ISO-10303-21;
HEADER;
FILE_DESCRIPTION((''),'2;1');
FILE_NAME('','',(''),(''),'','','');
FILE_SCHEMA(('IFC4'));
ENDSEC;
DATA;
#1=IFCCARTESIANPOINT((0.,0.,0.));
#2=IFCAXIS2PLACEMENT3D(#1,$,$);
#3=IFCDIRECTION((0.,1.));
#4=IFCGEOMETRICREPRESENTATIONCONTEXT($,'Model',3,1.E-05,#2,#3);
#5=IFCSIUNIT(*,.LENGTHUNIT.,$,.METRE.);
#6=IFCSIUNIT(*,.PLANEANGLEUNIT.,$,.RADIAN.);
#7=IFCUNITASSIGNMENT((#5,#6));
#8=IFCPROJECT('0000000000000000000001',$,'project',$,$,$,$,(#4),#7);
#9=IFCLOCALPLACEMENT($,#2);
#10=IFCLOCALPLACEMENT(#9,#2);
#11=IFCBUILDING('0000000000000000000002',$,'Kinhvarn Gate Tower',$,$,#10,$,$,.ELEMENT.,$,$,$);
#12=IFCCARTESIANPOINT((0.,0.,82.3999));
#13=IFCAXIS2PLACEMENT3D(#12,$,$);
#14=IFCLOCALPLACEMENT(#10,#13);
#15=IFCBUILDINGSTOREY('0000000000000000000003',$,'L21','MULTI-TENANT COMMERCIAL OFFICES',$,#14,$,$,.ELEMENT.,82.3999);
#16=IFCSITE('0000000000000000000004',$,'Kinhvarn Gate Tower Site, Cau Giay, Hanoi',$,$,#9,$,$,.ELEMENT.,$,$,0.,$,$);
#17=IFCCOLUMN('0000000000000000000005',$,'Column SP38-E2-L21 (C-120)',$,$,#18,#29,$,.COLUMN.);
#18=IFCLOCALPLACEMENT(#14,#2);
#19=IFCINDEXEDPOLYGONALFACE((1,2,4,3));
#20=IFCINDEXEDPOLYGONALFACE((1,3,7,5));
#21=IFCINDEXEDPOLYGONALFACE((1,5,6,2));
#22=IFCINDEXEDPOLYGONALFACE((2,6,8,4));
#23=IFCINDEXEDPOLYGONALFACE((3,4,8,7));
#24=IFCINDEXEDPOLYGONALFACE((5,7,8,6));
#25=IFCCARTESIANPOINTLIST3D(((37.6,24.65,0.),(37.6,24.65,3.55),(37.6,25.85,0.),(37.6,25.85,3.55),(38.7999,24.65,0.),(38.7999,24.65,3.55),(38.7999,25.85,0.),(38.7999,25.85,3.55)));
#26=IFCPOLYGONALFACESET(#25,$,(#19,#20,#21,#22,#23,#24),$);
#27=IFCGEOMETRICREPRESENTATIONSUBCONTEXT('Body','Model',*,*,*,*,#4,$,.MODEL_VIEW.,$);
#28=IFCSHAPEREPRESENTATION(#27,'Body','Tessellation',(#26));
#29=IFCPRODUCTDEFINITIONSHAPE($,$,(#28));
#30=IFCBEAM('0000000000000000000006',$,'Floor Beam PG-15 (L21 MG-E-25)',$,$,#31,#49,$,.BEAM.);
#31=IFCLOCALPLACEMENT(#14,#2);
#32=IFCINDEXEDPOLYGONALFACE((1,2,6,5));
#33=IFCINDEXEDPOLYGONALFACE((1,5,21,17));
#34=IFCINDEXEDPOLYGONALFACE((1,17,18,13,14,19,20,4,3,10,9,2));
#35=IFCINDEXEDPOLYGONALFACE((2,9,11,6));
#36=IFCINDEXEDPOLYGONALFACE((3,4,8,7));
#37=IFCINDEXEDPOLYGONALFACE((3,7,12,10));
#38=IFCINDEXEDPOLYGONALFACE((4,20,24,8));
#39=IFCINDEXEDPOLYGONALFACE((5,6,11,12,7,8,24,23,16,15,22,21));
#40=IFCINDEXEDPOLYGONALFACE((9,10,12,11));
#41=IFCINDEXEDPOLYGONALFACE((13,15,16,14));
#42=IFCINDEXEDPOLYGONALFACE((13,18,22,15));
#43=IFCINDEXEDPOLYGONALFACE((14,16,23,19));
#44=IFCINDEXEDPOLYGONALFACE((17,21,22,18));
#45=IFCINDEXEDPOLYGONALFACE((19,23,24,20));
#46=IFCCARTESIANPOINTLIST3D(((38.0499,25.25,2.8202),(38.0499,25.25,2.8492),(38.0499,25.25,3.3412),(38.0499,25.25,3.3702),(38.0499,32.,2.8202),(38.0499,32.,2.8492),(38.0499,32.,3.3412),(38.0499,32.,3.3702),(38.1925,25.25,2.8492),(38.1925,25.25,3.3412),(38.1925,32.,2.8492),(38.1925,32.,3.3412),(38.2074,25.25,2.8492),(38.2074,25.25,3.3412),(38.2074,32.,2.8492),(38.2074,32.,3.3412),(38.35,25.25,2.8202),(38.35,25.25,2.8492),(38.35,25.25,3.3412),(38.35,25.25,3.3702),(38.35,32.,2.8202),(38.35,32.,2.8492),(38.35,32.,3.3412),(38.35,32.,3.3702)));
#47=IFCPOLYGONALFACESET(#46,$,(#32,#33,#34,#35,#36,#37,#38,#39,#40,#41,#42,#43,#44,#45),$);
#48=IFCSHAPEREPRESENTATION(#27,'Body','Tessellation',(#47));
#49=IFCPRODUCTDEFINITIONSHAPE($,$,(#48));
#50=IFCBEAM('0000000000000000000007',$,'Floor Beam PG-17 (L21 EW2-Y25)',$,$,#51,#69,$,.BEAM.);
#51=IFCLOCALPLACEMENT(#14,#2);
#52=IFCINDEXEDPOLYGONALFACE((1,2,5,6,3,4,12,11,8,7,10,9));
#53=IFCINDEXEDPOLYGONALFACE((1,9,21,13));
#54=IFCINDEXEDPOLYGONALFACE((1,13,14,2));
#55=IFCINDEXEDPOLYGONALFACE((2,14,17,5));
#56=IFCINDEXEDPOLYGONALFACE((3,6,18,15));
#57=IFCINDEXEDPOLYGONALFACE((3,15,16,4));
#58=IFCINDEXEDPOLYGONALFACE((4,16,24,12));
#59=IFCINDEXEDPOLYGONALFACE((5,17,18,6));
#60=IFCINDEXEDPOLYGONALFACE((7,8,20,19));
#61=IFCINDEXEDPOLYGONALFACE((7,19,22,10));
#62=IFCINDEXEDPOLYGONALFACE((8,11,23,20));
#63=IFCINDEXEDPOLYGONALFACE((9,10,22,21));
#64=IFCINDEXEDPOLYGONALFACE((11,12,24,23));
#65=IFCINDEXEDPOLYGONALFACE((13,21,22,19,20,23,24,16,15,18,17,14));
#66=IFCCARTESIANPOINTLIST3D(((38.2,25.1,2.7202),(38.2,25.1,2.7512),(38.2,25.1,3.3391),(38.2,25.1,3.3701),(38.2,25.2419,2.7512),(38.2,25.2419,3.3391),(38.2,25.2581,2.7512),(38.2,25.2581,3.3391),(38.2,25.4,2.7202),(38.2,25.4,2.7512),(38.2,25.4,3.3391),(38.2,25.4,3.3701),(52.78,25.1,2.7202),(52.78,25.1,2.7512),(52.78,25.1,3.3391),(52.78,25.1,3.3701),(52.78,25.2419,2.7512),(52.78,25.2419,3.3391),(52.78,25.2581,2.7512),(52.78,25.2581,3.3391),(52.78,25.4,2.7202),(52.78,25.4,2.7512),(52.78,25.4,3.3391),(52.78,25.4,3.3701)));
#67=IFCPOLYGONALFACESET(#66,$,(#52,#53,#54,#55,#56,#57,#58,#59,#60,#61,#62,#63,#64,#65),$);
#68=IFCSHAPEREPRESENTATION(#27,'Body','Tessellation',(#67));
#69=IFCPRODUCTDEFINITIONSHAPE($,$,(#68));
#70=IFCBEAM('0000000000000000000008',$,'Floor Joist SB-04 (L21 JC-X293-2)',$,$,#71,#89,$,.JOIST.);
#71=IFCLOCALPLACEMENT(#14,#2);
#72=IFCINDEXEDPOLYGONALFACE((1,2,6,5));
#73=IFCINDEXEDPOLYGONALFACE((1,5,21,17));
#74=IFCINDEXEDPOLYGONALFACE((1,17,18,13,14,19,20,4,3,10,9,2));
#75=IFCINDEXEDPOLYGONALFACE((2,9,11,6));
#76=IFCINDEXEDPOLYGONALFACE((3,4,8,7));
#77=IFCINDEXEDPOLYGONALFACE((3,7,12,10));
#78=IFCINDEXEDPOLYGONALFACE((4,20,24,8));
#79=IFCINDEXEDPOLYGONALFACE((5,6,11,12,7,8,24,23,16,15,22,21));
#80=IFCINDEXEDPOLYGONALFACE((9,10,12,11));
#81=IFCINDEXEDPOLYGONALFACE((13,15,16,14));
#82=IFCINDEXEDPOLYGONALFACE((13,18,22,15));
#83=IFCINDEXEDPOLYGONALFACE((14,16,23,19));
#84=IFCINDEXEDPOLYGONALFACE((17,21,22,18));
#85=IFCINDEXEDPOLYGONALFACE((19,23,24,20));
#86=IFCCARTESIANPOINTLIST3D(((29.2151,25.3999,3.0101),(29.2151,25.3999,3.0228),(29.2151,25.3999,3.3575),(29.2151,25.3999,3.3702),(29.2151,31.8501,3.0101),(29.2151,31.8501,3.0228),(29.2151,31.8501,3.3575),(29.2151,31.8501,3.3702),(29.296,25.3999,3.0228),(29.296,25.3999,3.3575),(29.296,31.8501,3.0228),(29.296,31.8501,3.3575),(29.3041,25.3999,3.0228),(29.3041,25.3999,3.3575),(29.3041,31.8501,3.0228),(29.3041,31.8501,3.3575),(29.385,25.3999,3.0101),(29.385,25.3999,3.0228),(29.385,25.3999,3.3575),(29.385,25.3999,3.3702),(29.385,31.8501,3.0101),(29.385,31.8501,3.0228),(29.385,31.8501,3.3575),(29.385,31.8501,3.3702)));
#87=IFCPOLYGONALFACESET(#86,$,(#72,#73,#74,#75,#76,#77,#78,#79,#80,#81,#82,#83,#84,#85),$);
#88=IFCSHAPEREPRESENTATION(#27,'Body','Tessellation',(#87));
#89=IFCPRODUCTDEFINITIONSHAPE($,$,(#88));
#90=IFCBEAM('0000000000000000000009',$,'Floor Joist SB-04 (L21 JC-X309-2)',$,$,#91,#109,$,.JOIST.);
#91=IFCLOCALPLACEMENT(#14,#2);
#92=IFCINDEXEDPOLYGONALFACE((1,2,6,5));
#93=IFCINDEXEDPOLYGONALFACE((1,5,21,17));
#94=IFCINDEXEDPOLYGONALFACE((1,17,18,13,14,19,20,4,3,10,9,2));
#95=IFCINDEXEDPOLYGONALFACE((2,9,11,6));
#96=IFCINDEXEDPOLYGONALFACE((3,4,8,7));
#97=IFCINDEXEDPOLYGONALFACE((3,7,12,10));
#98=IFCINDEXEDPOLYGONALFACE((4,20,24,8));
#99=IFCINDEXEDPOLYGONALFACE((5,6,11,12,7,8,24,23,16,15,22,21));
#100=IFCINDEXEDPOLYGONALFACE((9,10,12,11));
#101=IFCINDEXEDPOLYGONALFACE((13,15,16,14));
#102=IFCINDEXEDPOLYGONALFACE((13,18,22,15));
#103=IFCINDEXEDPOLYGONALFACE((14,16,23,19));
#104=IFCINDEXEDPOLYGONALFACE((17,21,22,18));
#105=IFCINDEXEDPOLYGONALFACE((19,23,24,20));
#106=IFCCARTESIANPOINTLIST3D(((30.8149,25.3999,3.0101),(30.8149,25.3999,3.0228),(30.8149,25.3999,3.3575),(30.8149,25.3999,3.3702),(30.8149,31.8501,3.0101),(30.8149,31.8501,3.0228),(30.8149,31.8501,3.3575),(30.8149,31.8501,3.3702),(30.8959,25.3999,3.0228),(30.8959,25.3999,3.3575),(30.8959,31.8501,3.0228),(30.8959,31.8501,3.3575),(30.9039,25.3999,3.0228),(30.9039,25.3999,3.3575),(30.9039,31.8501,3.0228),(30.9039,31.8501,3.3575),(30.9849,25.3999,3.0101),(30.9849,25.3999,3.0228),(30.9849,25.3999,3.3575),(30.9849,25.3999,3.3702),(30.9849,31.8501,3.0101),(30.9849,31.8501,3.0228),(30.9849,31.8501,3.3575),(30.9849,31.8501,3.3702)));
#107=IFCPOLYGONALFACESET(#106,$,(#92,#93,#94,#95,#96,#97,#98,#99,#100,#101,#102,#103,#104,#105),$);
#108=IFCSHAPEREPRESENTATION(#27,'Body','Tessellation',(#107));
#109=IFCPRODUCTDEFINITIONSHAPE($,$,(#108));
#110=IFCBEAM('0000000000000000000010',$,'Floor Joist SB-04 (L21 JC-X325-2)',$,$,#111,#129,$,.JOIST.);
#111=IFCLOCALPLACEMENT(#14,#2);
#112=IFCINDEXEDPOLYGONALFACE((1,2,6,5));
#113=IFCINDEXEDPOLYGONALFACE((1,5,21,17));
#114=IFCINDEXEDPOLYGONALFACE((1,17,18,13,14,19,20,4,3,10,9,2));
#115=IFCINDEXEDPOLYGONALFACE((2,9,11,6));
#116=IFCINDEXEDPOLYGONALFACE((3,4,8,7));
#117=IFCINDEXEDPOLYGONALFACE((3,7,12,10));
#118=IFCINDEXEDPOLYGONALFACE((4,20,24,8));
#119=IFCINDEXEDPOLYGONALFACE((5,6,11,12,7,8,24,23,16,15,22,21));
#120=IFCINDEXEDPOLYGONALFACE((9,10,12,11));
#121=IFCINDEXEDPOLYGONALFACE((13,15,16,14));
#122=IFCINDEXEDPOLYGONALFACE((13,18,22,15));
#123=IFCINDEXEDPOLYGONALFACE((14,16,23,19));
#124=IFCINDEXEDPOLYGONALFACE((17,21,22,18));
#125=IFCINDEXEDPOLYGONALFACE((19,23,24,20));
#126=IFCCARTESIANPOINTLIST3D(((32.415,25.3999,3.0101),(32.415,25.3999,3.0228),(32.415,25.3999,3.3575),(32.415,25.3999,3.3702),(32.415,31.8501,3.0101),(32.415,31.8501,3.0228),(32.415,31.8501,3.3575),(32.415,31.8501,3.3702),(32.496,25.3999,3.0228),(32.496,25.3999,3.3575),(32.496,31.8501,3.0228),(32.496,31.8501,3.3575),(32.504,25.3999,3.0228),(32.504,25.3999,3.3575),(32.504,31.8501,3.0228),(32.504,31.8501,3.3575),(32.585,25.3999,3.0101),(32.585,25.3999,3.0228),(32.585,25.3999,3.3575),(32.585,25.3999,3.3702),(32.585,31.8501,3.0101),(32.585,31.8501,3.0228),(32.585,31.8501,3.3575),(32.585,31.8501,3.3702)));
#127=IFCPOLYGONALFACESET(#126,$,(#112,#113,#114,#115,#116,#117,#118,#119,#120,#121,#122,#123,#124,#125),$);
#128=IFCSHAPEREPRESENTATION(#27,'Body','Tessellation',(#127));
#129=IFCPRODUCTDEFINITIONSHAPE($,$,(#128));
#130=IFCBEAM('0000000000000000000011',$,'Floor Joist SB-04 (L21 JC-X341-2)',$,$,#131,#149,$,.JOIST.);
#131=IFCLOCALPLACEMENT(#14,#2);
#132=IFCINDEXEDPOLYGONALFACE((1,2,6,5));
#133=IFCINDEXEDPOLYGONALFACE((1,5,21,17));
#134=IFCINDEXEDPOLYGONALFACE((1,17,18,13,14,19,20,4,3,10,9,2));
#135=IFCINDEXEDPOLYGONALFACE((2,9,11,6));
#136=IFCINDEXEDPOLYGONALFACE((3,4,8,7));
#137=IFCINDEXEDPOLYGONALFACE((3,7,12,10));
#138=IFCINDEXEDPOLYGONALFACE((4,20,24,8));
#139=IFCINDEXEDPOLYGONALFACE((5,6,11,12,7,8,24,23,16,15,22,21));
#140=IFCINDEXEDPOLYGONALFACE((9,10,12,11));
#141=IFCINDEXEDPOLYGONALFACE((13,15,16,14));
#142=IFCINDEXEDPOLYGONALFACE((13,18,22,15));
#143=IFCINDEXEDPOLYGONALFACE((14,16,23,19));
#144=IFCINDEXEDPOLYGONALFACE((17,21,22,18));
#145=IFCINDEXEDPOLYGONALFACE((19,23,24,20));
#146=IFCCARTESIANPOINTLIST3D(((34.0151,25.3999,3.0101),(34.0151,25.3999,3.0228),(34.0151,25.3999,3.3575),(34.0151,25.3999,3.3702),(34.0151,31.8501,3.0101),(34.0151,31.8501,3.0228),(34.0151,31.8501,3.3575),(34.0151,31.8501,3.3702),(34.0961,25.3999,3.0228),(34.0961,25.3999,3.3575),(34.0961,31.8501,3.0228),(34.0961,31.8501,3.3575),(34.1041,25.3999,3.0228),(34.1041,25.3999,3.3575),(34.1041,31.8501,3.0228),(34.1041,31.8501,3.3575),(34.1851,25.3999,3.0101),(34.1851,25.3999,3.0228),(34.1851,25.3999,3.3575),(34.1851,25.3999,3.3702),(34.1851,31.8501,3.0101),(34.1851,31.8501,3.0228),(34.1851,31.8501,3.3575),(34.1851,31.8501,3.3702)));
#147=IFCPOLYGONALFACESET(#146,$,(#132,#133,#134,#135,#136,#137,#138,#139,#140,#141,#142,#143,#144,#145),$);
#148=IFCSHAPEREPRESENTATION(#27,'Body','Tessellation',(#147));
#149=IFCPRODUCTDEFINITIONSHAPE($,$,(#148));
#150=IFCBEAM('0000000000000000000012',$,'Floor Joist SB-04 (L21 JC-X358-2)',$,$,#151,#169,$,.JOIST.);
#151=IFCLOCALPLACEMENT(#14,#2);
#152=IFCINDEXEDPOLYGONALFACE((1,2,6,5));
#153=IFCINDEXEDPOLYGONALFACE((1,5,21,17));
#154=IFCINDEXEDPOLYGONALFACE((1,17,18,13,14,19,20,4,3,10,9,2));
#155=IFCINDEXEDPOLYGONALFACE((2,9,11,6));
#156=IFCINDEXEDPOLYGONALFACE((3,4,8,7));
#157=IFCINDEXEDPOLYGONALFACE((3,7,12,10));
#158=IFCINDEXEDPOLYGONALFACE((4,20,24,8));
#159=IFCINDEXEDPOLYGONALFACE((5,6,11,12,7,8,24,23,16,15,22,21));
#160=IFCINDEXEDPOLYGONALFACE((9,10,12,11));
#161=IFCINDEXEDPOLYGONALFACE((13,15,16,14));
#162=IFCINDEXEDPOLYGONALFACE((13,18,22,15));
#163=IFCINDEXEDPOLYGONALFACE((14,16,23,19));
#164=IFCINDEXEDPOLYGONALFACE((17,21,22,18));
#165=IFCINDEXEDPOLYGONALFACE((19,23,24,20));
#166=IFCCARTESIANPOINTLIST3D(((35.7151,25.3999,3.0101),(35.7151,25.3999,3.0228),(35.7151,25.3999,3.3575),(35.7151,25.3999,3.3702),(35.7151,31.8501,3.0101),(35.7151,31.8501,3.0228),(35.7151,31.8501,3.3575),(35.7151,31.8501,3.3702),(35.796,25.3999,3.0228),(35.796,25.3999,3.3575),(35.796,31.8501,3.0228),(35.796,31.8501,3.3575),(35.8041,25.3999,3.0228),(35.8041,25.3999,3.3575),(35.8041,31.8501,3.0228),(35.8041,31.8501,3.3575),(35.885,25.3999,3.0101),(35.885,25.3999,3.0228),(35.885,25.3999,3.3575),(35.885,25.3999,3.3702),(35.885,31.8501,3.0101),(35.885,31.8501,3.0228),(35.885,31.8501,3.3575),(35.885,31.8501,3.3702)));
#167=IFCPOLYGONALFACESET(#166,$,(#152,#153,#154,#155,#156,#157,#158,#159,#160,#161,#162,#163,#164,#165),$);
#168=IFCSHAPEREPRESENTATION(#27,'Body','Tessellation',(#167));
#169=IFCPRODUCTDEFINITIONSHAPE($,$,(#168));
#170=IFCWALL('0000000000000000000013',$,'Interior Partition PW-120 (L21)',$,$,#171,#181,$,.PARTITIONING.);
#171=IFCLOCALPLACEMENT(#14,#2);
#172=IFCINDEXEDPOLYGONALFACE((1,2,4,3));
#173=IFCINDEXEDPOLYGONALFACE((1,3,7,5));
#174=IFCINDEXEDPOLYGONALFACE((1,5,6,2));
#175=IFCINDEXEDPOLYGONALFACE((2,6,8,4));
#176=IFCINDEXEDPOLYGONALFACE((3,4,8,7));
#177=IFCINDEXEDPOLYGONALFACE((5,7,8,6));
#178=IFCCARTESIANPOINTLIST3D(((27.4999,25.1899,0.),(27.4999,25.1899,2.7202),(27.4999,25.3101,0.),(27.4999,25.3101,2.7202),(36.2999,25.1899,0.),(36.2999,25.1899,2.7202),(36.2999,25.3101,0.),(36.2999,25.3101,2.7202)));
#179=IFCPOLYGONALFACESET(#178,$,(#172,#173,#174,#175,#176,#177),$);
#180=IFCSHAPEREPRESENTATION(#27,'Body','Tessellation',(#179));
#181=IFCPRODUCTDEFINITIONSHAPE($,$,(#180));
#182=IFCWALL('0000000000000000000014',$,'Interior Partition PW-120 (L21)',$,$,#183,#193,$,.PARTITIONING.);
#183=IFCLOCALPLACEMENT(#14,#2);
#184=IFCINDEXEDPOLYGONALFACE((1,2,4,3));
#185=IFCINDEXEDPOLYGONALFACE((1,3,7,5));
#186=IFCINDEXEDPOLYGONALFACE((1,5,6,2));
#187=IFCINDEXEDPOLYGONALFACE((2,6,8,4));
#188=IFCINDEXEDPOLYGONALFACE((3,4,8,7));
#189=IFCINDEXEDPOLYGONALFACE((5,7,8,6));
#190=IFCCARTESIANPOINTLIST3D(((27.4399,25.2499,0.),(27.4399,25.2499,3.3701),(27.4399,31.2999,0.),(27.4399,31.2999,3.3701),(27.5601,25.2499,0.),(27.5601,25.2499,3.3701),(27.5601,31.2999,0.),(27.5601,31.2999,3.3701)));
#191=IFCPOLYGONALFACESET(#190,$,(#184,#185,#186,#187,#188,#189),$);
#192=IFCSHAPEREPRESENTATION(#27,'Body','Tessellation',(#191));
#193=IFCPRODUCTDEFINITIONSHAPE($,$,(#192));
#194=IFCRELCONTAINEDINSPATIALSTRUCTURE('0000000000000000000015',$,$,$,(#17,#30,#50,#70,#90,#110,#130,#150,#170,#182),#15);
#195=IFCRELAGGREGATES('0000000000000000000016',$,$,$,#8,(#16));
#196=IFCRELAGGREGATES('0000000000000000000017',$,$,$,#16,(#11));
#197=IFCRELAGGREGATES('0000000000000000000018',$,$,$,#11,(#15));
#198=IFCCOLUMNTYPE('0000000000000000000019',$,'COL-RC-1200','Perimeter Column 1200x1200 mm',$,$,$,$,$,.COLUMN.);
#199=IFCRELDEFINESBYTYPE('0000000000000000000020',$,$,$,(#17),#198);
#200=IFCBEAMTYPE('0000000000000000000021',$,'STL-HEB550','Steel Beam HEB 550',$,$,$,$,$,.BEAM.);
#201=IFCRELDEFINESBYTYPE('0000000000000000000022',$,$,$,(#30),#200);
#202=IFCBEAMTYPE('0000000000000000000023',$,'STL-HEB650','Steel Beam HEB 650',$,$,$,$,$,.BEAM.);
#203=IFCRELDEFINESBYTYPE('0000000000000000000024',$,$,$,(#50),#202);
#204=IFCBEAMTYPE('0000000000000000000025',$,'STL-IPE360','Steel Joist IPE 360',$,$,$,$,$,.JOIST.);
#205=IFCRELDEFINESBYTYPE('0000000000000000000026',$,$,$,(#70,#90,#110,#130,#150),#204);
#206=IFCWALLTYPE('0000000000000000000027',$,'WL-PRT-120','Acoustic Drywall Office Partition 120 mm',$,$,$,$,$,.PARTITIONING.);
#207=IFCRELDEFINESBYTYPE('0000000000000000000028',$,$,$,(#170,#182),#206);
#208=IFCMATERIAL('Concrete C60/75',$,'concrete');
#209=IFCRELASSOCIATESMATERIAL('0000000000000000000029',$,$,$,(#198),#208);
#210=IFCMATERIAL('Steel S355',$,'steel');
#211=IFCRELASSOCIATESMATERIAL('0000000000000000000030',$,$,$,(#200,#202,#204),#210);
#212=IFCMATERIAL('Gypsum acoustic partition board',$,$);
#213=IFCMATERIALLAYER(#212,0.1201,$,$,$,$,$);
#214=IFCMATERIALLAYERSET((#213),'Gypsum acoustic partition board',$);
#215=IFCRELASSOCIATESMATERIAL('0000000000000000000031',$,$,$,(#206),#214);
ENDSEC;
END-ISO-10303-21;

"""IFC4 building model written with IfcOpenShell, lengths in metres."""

from ifc_helpers import new_model, si_unit, direction, frame, frame_2d, origin, origin_2d, place, context, subcontext, project, spatial, rectangle, i_section, extrude, material, layer, layer_set, material_profile, profile_set, type_object, element, save


model = new_model("IFC4")

# Units and contexts
model_context = context("Model", 3, precision=1e-05, world=origin(), true_north=direction((0.0, 1.0)))
body_context = subcontext(model_context, "Body", "Model", "MODEL_VIEW")
ifc_project = project(units=[si_unit("LENGTHUNIT", "METRE"), si_unit("PLANEANGLEUNIT", "RADIAN")], contexts=[model_context])

# Site, building, storey
site_placement = place(None, origin())
site = spatial("IfcSite", under=ifc_project, at=site_placement, Name="Kinhvarn Gate Tower Site, Cau Giay, Hanoi", CompositionType="ELEMENT", RefElevation=0.0)
building_placement = place(site_placement, origin())
building = spatial("IfcBuilding", under=site, at=building_placement, Name="Kinhvarn Gate Tower", CompositionType="ELEMENT")
storey_placement = place(building_placement, frame((0.0, 0.0, 82.3999)))
storey = spatial("IfcBuildingStorey", under=building, at=storey_placement, Name="L21", Description="MULTI-TENANT COMMERCIAL OFFICES", CompositionType="ELEMENT", Elevation=82.3999)

# Column
ifc_material_1 = material(Name="Concrete C60/75", Category="concrete")
ifc_material_profile_1 = material_profile(ifc_material_1, rectangle(XDim=1.2, YDim=1.2, at=origin_2d()), Name="RC 1200x1200")
ifc_profile_set_1 = profile_set([ifc_material_profile_1], Name="Concrete C60/75")
column_type = type_object("IfcColumnType", Name="COL-RC-1200", Description="Perimeter Column 1200x1200 mm", PredefinedType="COLUMN", material=ifc_profile_set_1)
column_placement = place(storey_placement, frame((38.2, 25.25, 0.0), z_axis=(0.0, 0.0, 1.0), x_axis=(1.0, 0.0, 0.0)))
element("IfcColumn", 1, at=column_placement, inside=storey, type_object=column_type, Name="Column SP38-E2-L21 (C-120)", PredefinedType="COLUMN", context=body_context, shape_type="SweptSolid", body=[
    extrude(rectangle(XDim=1.2, YDim=1.2, at=origin_2d()), origin(), (0.0, 0.0, 1.0), 3.55),
])

# Beams
ifc_material_2 = material(Name="Steel S355", Category="steel")
ifc_material_profile_2 = material_profile(ifc_material_2, i_section(OverallWidth=0.3, OverallDepth=0.55, WebThickness=0.0149, FlangeThickness=0.0291, at=origin_2d()), Name="HEB 550")
ifc_profile_set_2 = profile_set([ifc_material_profile_2], Name="Steel S355")
beam_type_1 = type_object("IfcBeamType", Name="STL-HEB550", Description="Steel Beam HEB 550", PredefinedType="BEAM", material=ifc_profile_set_2)
beam_1_placement = place(storey_placement, frame((38.2, 25.25, 3.0952), z_axis=(0.0, 1.0, 0.0), x_axis=(-1.0, 0.0, 0.0)))
element("IfcBeam", 2, at=beam_1_placement, inside=storey, type_object=beam_type_1, Name="Floor Beam PG-15 (L21 MG-E-25)", PredefinedType="BEAM", context=body_context, shape_type="SweptSolid", body=[
    extrude(i_section(OverallWidth=0.3, OverallDepth=0.55, WebThickness=0.0149, FlangeThickness=0.0291, at=origin_2d()), origin(), (0.0, 0.0, 1.0), 6.75),
])
ifc_material_profile_3 = material_profile(ifc_material_2, i_section(OverallWidth=0.3, OverallDepth=0.6499, WebThickness=0.0161, FlangeThickness=0.031, at=origin_2d()), Name="HEB 650")
ifc_profile_set_3 = profile_set([ifc_material_profile_3], Name="Steel S355")
beam_type_2 = type_object("IfcBeamType", Name="STL-HEB650", Description="Steel Beam HEB 650", PredefinedType="BEAM", material=ifc_profile_set_3)
beam_2_placement = place(storey_placement, frame((38.2, 25.25, 3.0452), z_axis=(1.0, 0.0, 0.0), x_axis=(0.0, 1.0, 0.0)))
element("IfcBeam", 3, at=beam_2_placement, inside=storey, type_object=beam_type_2, Name="Floor Beam PG-17 (L21 EW2-Y25)", PredefinedType="BEAM", context=body_context, shape_type="SweptSolid", body=[
    extrude(i_section(OverallWidth=0.3, OverallDepth=0.6499, WebThickness=0.0161, FlangeThickness=0.031, at=origin_2d()), origin(), (0.0, 0.0, 1.0), 14.5801),
])
ifc_material_profile_4 = material_profile(ifc_material_2, i_section(OverallWidth=0.1699, OverallDepth=0.3601, WebThickness=0.0081, FlangeThickness=0.0127, at=origin_2d()), Name="IPE 360")
ifc_profile_set_4 = profile_set([ifc_material_profile_4], Name="Steel S355")
beam_type_3 = type_object("IfcBeamType", Name="STL-IPE360", Description="Steel Joist IPE 360", PredefinedType="JOIST", material=ifc_profile_set_4)
for number, where, z_axis, x_axis, name in (
    (4, (29.3, 25.3999, 3.1902), (0.0, 1.0, 0.0), (-1.0, 0.0, 0.0), "Floor Joist SB-04 (L21 JC-X293-2)"),
    (5, (30.8999, 25.3999, 3.1902), (0.0, 1.0, 0.0), (-1.0, 0.0, 0.0), "Floor Joist SB-04 (L21 JC-X309-2)"),
    (6, (32.5, 25.3999, 3.1902), (0.0, 1.0, 0.0), (-1.0, 0.0, 0.0), "Floor Joist SB-04 (L21 JC-X325-2)"),
    (7, (34.1001, 25.3999, 3.1902), (0.0, 1.0, 0.0), (-1.0, 0.0, 0.0), "Floor Joist SB-04 (L21 JC-X341-2)"),
    (8, (35.8, 25.3999, 3.1902), (0.0, 1.0, 0.0), (-1.0, 0.0, 0.0), "Floor Joist SB-04 (L21 JC-X358-2)"),
):
    element("IfcBeam", number, at=place(storey_placement, frame(where, z_axis=z_axis, x_axis=x_axis)), inside=storey, type_object=beam_type_3, Name=name, PredefinedType="JOIST", context=body_context, shape_type="SweptSolid", body=[
        extrude(i_section(OverallWidth=0.1699, OverallDepth=0.3601, WebThickness=0.0081, FlangeThickness=0.0127, at=origin_2d()), origin(), (0.0, 0.0, 1.0), 6.4502),
    ])

# Walls
ifc_material_3 = material(Name="Gypsum acoustic partition board")
ifc_layer_1 = layer(ifc_material_3, 0.1201)
ifc_layer_set_1 = layer_set([ifc_layer_1], Name="Gypsum acoustic partition board")
wall_type_1 = type_object("IfcWallType", Name="WL-PRT-120", Description="Acoustic Drywall Office Partition 120 mm", PredefinedType="PARTITIONING", material=ifc_layer_set_1)
wall_1_placement = place(storey_placement, frame((27.5, 25.25, 0.0), z_axis=(0.0, 0.0, 1.0), x_axis=(1.0, 0.0, 0.0)))
element("IfcWall", 9, at=wall_1_placement, inside=storey, type_object=wall_type_1, Name="Interior Partition PW-120 (L21)", PredefinedType="PARTITIONING", context=body_context, shape_type="SweptSolid", body=[
    extrude(rectangle(XDim=8.8, YDim=0.1201, at=frame_2d((4.3999, 0.0))), origin(), (0.0, 0.0, 1.0), 2.7202),
])
wall_2_placement = place(storey_placement, frame((27.5, 25.25, 0.0), z_axis=(0.0, 0.0, 1.0), x_axis=(0.0, 1.0, 0.0)))
element("IfcWall", 10, at=wall_2_placement, inside=storey, type_object=wall_type_1, Name="Interior Partition PW-120 (L21)", PredefinedType="PARTITIONING", context=body_context, shape_type="SweptSolid", body=[
    extrude(rectangle(XDim=6.05, YDim=0.1201, at=frame_2d((3.0249, 0.0))), origin(), (0.0, 0.0, 1.0), 3.3701),
])

save(model, "model.ifc")
